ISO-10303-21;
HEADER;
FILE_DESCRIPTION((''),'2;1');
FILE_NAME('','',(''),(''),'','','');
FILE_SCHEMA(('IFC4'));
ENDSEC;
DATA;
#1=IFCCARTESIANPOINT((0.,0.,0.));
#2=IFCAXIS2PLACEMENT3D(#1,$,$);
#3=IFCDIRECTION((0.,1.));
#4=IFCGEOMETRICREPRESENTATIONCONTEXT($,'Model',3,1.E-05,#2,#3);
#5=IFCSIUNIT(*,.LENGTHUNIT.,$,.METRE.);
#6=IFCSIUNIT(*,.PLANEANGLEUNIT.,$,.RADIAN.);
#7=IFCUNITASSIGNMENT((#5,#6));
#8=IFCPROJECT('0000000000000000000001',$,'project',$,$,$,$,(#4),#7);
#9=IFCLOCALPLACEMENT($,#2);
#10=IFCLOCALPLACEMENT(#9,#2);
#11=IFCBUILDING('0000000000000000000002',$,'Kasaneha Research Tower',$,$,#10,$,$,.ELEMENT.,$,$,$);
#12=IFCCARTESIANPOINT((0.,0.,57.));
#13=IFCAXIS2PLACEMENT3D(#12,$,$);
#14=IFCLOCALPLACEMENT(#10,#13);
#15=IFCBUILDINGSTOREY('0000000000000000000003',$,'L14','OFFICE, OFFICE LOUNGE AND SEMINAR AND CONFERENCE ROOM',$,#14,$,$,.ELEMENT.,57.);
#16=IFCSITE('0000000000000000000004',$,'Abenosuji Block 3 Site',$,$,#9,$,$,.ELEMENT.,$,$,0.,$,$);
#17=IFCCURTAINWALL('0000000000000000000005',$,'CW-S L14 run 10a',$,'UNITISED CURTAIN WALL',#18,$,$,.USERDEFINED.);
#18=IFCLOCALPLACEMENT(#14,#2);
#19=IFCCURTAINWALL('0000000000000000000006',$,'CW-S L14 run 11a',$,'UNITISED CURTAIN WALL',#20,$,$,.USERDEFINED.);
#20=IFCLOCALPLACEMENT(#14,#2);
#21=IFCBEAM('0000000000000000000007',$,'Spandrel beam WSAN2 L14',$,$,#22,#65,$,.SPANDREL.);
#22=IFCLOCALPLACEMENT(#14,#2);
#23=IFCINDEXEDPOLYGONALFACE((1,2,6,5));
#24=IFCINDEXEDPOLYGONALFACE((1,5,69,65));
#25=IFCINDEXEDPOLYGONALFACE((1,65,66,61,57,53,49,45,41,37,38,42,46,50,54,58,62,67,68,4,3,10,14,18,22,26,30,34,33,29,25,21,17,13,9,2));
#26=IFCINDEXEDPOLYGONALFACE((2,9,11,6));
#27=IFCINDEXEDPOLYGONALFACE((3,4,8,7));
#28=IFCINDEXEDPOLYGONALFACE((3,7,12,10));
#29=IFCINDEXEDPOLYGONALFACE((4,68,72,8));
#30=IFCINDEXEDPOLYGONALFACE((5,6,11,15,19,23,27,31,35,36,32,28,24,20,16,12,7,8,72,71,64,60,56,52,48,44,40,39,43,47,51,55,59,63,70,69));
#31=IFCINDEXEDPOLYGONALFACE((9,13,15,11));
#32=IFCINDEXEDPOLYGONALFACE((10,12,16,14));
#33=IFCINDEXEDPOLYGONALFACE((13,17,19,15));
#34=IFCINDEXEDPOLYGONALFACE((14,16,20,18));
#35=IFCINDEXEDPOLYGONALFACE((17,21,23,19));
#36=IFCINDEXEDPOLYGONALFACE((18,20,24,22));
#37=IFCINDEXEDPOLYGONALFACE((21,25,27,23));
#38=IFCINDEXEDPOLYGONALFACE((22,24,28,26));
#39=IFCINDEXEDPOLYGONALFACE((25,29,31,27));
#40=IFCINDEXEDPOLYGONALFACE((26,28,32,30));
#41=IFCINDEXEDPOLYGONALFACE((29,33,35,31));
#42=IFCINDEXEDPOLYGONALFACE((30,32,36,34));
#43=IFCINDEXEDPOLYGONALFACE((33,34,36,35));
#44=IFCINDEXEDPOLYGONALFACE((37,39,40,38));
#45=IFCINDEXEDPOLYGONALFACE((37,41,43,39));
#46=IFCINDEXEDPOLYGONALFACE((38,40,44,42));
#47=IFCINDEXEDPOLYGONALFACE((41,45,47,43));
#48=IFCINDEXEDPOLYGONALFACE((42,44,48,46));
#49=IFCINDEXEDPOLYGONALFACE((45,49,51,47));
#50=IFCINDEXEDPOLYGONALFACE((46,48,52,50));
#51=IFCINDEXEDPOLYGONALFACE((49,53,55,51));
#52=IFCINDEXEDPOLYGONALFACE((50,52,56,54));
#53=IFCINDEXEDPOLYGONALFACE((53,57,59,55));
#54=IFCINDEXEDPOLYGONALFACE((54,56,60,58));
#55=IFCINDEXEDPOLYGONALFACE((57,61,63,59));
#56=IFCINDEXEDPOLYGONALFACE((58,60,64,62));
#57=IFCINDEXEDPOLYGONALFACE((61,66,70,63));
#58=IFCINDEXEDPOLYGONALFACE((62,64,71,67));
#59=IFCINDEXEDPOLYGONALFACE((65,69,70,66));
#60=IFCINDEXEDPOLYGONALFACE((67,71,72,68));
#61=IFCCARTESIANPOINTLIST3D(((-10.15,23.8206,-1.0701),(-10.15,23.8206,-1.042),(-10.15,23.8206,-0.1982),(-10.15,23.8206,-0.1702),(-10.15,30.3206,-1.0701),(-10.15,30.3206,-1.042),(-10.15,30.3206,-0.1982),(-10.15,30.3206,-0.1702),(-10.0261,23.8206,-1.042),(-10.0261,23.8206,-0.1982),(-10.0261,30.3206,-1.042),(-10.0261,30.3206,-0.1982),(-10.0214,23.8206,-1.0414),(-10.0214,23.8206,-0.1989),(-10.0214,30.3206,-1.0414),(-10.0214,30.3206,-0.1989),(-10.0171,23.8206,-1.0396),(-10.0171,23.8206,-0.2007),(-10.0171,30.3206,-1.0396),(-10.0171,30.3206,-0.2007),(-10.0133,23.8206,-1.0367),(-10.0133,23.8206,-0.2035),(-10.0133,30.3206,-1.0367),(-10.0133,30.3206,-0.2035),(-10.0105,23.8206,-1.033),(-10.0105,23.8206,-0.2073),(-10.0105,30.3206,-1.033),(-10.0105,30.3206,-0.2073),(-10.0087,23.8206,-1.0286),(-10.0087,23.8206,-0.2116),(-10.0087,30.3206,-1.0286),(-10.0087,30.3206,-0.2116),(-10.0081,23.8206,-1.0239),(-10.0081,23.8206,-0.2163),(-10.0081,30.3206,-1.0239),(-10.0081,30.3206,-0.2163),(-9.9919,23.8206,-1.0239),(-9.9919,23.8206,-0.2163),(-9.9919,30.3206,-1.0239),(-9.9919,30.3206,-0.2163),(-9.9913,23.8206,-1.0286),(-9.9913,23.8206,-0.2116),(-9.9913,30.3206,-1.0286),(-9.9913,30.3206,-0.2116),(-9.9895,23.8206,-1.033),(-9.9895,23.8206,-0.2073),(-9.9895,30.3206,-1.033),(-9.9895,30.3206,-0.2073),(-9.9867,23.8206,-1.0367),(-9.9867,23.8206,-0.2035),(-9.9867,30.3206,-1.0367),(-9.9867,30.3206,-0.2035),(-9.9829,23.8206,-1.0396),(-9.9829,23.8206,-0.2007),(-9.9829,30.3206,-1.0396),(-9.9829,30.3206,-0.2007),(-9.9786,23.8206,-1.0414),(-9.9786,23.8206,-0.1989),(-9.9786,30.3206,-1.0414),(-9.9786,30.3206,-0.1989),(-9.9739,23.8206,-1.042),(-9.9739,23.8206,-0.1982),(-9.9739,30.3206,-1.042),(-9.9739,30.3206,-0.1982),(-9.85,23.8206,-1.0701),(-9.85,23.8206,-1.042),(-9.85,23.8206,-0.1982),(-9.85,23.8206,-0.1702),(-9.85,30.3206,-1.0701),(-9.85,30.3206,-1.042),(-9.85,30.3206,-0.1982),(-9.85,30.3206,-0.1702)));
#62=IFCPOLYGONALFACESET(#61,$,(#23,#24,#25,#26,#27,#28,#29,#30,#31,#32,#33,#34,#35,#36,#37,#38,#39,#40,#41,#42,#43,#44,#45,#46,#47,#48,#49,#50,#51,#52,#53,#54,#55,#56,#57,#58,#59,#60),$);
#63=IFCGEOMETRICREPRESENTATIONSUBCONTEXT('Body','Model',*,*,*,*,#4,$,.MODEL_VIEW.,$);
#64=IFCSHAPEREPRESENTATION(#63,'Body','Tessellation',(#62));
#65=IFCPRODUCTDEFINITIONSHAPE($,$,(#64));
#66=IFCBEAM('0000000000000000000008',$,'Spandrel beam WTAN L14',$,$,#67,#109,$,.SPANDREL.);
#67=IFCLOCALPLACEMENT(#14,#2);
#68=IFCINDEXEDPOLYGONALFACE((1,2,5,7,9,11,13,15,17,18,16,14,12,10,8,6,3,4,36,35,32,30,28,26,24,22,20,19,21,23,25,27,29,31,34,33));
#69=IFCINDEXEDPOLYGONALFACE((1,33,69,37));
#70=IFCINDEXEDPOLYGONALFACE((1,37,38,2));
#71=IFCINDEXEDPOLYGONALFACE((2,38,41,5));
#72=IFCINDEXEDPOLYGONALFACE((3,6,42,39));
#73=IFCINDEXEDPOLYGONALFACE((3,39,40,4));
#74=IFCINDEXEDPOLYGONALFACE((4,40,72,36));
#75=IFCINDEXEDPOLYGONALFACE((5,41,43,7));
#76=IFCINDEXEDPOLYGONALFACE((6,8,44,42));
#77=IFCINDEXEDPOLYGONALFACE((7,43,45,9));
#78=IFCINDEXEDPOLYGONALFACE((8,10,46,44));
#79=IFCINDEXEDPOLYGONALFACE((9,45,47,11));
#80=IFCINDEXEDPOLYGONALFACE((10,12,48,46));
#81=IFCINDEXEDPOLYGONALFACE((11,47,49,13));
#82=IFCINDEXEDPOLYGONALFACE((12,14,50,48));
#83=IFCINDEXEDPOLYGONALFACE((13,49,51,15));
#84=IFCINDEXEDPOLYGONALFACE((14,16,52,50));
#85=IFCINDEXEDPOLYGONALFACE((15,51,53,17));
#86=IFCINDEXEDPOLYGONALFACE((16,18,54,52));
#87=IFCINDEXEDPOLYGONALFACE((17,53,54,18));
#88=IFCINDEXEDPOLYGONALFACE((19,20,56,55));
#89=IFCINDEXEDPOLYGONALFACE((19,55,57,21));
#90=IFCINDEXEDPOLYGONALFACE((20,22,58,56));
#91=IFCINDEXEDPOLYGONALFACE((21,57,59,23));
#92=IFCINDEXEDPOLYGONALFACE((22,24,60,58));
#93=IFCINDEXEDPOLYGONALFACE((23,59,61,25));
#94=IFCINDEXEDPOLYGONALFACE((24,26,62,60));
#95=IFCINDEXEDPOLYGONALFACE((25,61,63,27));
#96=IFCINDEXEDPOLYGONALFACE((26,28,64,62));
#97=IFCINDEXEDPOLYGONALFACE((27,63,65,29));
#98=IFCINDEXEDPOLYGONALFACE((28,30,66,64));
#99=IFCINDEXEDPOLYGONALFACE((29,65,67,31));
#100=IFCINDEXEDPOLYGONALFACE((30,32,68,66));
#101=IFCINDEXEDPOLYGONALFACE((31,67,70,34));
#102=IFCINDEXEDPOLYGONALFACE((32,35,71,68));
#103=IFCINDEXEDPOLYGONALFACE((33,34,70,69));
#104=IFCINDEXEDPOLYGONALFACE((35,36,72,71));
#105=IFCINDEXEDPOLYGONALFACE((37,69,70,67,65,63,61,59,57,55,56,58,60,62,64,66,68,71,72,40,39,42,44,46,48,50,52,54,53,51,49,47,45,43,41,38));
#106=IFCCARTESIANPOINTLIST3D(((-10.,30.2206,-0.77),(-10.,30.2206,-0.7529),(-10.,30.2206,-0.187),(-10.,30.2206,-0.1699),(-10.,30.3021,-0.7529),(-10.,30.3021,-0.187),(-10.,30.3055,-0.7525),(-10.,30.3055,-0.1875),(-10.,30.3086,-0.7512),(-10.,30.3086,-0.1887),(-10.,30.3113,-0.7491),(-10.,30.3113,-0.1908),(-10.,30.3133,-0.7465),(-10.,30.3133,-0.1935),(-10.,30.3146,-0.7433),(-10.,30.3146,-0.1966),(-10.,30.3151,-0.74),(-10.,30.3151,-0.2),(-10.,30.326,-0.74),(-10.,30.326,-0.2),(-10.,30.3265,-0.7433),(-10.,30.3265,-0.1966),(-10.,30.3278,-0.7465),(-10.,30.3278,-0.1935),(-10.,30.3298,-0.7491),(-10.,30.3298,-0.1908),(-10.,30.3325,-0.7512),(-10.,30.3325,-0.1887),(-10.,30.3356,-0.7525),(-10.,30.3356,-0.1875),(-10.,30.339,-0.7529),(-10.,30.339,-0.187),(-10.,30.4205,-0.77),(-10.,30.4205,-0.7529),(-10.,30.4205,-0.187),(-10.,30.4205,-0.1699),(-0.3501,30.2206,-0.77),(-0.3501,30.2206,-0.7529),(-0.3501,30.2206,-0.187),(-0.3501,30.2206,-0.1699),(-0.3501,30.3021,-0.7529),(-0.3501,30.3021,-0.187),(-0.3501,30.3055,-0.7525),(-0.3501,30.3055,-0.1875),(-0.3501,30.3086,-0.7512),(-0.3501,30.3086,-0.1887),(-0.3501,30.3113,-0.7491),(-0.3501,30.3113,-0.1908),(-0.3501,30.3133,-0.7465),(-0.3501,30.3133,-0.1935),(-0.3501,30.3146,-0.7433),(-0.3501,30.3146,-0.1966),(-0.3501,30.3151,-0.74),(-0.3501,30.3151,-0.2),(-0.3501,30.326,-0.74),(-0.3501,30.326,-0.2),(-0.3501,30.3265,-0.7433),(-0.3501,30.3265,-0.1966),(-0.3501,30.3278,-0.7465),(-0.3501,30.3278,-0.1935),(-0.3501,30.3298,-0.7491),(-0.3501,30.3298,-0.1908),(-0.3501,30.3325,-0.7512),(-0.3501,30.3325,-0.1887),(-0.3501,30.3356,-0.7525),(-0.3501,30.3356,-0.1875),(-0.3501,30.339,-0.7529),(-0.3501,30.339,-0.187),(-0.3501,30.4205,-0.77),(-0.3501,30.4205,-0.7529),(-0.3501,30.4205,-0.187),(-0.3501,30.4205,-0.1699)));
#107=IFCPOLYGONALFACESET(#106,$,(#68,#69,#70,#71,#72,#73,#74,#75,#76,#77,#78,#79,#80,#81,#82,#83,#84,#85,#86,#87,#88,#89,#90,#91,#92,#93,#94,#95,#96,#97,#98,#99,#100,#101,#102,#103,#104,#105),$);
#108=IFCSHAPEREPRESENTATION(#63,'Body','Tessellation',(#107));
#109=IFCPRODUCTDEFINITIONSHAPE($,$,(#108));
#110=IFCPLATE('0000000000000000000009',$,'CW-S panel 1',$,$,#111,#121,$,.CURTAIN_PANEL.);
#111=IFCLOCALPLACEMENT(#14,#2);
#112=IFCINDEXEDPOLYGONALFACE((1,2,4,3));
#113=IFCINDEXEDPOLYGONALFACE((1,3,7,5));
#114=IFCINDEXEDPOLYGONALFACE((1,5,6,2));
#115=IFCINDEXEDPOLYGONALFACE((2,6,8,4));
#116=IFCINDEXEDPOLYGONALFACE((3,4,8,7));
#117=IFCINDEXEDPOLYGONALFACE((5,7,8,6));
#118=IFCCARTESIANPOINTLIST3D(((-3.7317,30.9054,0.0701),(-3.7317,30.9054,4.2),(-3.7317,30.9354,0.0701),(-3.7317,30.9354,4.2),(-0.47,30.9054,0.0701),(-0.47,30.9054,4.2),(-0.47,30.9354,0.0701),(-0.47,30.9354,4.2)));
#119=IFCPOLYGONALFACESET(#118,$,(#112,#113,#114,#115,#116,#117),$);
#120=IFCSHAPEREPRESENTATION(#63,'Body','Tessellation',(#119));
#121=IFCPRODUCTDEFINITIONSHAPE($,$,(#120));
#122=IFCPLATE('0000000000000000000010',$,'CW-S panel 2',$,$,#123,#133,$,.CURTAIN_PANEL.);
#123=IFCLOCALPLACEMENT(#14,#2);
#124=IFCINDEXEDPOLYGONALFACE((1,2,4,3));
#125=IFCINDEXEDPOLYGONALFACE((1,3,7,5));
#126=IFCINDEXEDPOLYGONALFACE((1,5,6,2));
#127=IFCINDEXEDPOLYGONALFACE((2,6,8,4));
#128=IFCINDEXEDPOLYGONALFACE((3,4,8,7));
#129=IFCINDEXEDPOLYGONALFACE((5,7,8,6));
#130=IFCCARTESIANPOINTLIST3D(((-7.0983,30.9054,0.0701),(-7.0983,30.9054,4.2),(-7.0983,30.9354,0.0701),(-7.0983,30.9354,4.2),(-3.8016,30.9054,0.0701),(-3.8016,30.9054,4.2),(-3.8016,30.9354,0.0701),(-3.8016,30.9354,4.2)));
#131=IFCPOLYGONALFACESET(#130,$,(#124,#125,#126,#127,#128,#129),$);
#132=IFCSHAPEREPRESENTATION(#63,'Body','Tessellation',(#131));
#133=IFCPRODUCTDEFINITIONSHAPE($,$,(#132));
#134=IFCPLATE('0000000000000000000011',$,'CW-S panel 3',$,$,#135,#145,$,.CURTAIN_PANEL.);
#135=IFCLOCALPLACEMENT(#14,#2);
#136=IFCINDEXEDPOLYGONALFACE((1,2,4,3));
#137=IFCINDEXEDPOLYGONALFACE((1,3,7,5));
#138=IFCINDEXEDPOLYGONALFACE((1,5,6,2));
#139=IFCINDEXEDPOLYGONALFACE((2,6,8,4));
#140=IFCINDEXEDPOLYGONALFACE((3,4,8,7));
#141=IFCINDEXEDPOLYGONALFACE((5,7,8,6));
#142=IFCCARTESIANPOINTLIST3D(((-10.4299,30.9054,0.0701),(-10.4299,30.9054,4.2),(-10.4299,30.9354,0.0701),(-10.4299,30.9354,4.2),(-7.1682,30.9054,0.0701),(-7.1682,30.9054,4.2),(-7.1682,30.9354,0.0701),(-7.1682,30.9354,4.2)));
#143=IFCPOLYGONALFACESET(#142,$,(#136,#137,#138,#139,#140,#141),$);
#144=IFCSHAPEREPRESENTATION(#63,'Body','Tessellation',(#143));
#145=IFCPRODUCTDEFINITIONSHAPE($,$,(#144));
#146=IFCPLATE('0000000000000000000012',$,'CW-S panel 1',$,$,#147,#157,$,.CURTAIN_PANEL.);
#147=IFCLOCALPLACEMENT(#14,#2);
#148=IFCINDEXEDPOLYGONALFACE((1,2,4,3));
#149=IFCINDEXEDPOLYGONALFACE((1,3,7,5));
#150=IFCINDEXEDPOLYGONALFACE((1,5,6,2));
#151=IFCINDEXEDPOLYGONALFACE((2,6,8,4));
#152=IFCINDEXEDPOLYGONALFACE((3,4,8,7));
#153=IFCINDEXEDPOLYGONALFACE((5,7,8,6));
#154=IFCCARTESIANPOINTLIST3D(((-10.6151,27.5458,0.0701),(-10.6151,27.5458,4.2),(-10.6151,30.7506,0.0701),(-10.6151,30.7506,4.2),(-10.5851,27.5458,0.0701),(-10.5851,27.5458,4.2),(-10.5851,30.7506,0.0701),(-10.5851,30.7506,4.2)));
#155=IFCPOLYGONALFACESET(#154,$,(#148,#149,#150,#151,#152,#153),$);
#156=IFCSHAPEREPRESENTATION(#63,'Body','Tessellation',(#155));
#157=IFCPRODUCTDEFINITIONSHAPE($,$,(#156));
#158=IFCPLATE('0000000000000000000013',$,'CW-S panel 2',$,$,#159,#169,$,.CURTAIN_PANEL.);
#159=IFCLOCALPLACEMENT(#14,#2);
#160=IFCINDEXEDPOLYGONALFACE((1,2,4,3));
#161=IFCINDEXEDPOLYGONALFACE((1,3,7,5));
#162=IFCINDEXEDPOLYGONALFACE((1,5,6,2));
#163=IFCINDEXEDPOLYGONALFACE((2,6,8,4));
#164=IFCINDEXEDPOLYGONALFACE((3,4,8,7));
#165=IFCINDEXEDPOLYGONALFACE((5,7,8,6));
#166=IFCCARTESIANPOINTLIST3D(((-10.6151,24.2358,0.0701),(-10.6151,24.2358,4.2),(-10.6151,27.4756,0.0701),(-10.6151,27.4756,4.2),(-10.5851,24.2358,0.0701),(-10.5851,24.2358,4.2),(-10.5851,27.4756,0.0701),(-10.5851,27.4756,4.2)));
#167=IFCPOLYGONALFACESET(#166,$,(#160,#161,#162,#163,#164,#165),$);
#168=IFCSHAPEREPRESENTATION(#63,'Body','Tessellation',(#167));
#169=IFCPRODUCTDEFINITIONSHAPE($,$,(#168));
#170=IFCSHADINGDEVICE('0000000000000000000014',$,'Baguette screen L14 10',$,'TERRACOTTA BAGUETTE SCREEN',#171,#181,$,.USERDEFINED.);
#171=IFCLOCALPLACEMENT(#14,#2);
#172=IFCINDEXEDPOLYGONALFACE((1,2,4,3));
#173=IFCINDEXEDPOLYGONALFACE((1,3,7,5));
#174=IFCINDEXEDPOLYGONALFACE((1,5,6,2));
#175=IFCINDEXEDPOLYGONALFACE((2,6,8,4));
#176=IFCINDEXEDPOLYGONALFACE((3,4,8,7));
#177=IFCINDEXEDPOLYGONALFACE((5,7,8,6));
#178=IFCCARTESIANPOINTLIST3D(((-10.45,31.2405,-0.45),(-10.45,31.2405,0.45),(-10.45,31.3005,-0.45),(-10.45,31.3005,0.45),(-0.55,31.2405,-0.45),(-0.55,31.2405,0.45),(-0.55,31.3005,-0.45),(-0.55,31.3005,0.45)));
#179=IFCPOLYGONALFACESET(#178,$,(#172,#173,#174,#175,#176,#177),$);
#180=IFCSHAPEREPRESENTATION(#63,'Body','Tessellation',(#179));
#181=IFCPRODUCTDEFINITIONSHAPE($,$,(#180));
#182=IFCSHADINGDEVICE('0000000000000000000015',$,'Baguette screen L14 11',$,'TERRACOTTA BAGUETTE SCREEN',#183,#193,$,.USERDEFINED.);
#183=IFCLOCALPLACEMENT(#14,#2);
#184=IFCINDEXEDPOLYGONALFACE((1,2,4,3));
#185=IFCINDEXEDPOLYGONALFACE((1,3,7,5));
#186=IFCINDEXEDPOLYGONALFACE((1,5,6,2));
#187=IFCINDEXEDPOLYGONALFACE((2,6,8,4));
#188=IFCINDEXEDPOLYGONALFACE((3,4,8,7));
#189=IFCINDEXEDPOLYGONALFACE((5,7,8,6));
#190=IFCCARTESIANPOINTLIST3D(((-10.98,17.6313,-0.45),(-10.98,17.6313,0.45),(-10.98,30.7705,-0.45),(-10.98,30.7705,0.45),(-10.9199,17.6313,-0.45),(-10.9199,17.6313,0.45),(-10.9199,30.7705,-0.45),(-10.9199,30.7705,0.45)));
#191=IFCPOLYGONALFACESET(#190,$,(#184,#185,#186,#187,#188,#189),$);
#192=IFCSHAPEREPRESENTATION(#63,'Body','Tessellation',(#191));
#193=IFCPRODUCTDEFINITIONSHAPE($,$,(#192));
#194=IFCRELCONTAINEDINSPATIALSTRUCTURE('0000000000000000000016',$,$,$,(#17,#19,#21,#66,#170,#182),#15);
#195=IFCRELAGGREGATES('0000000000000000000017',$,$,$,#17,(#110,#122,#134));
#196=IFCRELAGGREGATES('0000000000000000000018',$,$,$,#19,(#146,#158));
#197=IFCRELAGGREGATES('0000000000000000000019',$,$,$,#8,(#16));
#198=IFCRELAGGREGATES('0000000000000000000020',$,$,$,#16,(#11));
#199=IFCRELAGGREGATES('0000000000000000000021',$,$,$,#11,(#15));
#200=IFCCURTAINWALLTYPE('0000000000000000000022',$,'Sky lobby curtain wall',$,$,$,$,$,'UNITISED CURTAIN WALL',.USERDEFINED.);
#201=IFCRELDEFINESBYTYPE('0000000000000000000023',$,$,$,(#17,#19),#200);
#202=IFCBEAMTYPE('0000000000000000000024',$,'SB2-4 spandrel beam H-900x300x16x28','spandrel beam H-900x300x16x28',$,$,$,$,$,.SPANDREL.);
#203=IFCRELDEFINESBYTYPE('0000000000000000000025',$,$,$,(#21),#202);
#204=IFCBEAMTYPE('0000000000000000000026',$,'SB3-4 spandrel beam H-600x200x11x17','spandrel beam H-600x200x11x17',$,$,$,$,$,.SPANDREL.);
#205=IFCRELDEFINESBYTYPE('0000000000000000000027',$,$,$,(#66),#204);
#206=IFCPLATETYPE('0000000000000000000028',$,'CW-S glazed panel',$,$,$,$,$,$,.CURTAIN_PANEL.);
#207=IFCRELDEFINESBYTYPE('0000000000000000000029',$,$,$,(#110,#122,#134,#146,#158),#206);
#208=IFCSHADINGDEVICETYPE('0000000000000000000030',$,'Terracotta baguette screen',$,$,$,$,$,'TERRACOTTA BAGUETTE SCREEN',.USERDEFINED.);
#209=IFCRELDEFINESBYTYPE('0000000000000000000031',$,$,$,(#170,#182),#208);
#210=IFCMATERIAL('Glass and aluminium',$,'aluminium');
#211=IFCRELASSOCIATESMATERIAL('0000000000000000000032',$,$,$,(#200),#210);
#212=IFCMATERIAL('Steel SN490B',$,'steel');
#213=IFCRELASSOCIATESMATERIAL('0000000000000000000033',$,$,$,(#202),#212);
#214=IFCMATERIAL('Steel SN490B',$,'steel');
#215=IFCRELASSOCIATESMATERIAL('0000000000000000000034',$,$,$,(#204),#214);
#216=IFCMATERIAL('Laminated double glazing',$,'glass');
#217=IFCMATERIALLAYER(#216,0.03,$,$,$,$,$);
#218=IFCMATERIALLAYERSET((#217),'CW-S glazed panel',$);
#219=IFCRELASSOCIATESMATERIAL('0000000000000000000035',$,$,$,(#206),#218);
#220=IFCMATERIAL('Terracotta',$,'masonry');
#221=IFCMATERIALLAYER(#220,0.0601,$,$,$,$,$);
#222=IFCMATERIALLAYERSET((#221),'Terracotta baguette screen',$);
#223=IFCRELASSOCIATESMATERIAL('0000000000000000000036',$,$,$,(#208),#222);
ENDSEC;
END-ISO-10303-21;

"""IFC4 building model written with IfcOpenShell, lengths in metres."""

from ifc_helpers import new_model, si_unit, direction, frame, origin, origin_2d, place, context, subcontext, project, spatial, rectangle, i_section, extrude, material, layer, layer_set, material_profile, profile_set, type_object, element, aggregate, save


model = new_model("IFC4")

# Units and contexts
model_context = context("Model", 3, precision=1e-05, world=origin(), true_north=direction((0.0, 1.0)))
body_context = subcontext(model_context, "Body", "Model", "MODEL_VIEW")
ifc_project = project(units=[si_unit("LENGTHUNIT", "METRE"), si_unit("PLANEANGLEUNIT", "RADIAN")], contexts=[model_context])

# Site, building, storey
site_placement = place(None, origin())
site = spatial("IfcSite", under=ifc_project, at=site_placement, Name="Abenosuji Block 3 Site", CompositionType="ELEMENT", RefElevation=0.0)
building_placement = place(site_placement, origin())
building = spatial("IfcBuilding", under=site, at=building_placement, Name="Kasaneha Research Tower", CompositionType="ELEMENT")
storey_placement = place(building_placement, frame((0.0, 0.0, 57.0)))
storey = spatial("IfcBuildingStorey", under=building, at=storey_placement, Name="L14", Description="OFFICE, OFFICE LOUNGE AND SEMINAR AND CONFERENCE ROOM", CompositionType="ELEMENT", Elevation=57.0)

# Curtain walls
ifc_material_1 = material(Name="Glass and aluminium", Category="aluminium")
curtain_wall_type = type_object("IfcCurtainWallType", Name="Sky lobby curtain wall", ElementType="UNITISED CURTAIN WALL", PredefinedType="USERDEFINED", material=ifc_material_1)
curtain_wall_1_placement = place(storey_placement, origin())
curtain_wall_1 = element("IfcCurtainWall", 1, at=curtain_wall_1_placement, inside=storey, type_object=curtain_wall_type, Name="CW-S L14 run 10a", ObjectType="UNITISED CURTAIN WALL", PredefinedType="USERDEFINED")
curtain_wall_2_placement = place(storey_placement, origin())
curtain_wall_2 = element("IfcCurtainWall", 2, at=curtain_wall_2_placement, inside=storey, type_object=curtain_wall_type, Name="CW-S L14 run 11a", ObjectType="UNITISED CURTAIN WALL", PredefinedType="USERDEFINED")

# Beams
ifc_material_2 = material(Name="Steel SN490B", Category="steel")
ifc_material_profile_1 = material_profile(ifc_material_2, i_section(OverallWidth=0.3, OverallDepth=0.8999, WebThickness=0.0161, FlangeThickness=0.0281, FilletRadius=0.0181, at=origin_2d()), Name="H-900x300x16x28")
ifc_profile_set_1 = profile_set([ifc_material_profile_1], Name="Steel SN490B")
beam_type_1 = type_object("IfcBeamType", Name="SB2-4 spandrel beam H-900x300x16x28", Description="spandrel beam H-900x300x16x28", PredefinedType="SPANDREL", material=ifc_profile_set_1)
beam_1_placement = place(storey_placement, frame((-10.0, 23.8206, -0.6201), z_axis=(0.0, 1.0, 0.0), x_axis=(-1.0, 0.0, 0.0)))
element("IfcBeam", 3, at=beam_1_placement, inside=storey, type_object=beam_type_1, Name="Spandrel beam WSAN2 L14", PredefinedType="SPANDREL", context=body_context, shape_type="SweptSolid", body=[
    extrude(i_section(OverallWidth=0.3, OverallDepth=0.8999, WebThickness=0.0161, FlangeThickness=0.0281, FilletRadius=0.0181, at=origin_2d()), origin(), (0.0, 0.0, 1.0), 6.5),
])
ifc_material_3 = material(Name="Steel SN490B", Category="steel")
ifc_material_profile_2 = material_profile(ifc_material_3, i_section(OverallWidth=0.2, OverallDepth=0.6001, WebThickness=0.011, FlangeThickness=0.0171, FilletRadius=0.0129, at=origin_2d()), Name="H-600x200x11x17")
ifc_profile_set_2 = profile_set([ifc_material_profile_2], Name="Steel SN490B")
beam_type_2 = type_object("IfcBeamType", Name="SB3-4 spandrel beam H-600x200x11x17", Description="spandrel beam H-600x200x11x17", PredefinedType="SPANDREL", material=ifc_profile_set_2)
beam_2_placement = place(storey_placement, frame((-10.0, 30.3206, -0.47), z_axis=(1.0, 0.0, 0.0), x_axis=(0.0, 1.0, 0.0)))
element("IfcBeam", 4, at=beam_2_placement, inside=storey, type_object=beam_type_2, Name="Spandrel beam WTAN L14", PredefinedType="SPANDREL", context=body_context, shape_type="SweptSolid", body=[
    extrude(i_section(OverallWidth=0.2, OverallDepth=0.6001, WebThickness=0.011, FlangeThickness=0.0171, FilletRadius=0.0129, at=origin_2d()), origin(), (0.0, 0.0, 1.0), 9.6499),
])

# Plates
ifc_material_4 = material(Name="Laminated double glazing", Category="glass")
ifc_layer_1 = layer(ifc_material_4, 0.03)
ifc_layer_set_1 = layer_set([ifc_layer_1], Name="CW-S glazed panel")
plate_type = type_object("IfcPlateType", Name="CW-S glazed panel", PredefinedType="CURTAIN_PANEL", material=ifc_layer_set_1)
plate_1_placement = place(storey_placement, frame((-2.1008, 30.9204, 0.0701), z_axis=(0.0, 0.0, 1.0), x_axis=(-1.0, 0.0, 0.0)))
plate_1 = element("IfcPlate", 5, at=plate_1_placement, type_object=plate_type, Name="CW-S panel 1", PredefinedType="CURTAIN_PANEL", context=body_context, shape_type="SweptSolid", body=[
    extrude(rectangle(XDim=3.2617, YDim=0.03, at=origin_2d()), origin(), (0.0, 0.0, 1.0), 4.1299),
])
plate_2_placement = place(storey_placement, frame((-5.45, 30.9204, 0.0701), z_axis=(0.0, 0.0, 1.0), x_axis=(-1.0, 0.0, 0.0)))
plate_2 = element("IfcPlate", 6, at=plate_2_placement, type_object=plate_type, Name="CW-S panel 2", PredefinedType="CURTAIN_PANEL", context=body_context, shape_type="SweptSolid", body=[
    extrude(rectangle(XDim=3.2966, YDim=0.03, at=origin_2d()), origin(), (0.0, 0.0, 1.0), 4.1299),
])
plate_3_placement = place(storey_placement, frame((-8.7991, 30.9204, 0.0701), z_axis=(0.0, 0.0, 1.0), x_axis=(-1.0, 0.0, 0.0)))
plate_3 = element("IfcPlate", 7, at=plate_3_placement, type_object=plate_type, Name="CW-S panel 3", PredefinedType="CURTAIN_PANEL", context=body_context, shape_type="SweptSolid", body=[
    extrude(rectangle(XDim=3.2617, YDim=0.03, at=origin_2d()), origin(), (0.0, 0.0, 1.0), 4.1299),
])
aggregate(curtain_wall_1, [plate_1, plate_2, plate_3])
plate_4_placement = place(storey_placement, frame((-10.6001, 29.1482, 0.0701), z_axis=(0.0, 0.0, 1.0), x_axis=(0.0, -1.0, 0.0)))
plate_4 = element("IfcPlate", 8, at=plate_4_placement, type_object=plate_type, Name="CW-S panel 1", PredefinedType="CURTAIN_PANEL", context=body_context, shape_type="SweptSolid", body=[
    extrude(rectangle(XDim=3.2048, YDim=0.03, at=origin_2d()), origin(), (0.0, 0.0, 1.0), 4.1299),
])
plate_5_placement = place(storey_placement, frame((-10.6001, 25.8557, 0.0701), z_axis=(0.0, 0.0, 1.0), x_axis=(0.0, -1.0, 0.0)))
plate_5 = element("IfcPlate", 9, at=plate_5_placement, type_object=plate_type, Name="CW-S panel 2", PredefinedType="CURTAIN_PANEL", context=body_context, shape_type="SweptSolid", body=[
    extrude(rectangle(XDim=3.2397, YDim=0.03, at=origin_2d()), origin(), (0.0, 0.0, 1.0), 4.1299),
])
aggregate(curtain_wall_2, [plate_4, plate_5])

# Shading devices
ifc_material_5 = material(Name="Terracotta", Category="masonry")
ifc_layer_2 = layer(ifc_material_5, 0.0601)
ifc_layer_set_2 = layer_set([ifc_layer_2], Name="Terracotta baguette screen")
shading_device_type = type_object("IfcShadingDeviceType", Name="Terracotta baguette screen", ElementType="TERRACOTTA BAGUETTE SCREEN", PredefinedType="USERDEFINED", material=ifc_layer_set_2)
shading_device_1_placement = place(storey_placement, frame((-5.5, 31.2705, -0.45), z_axis=(0.0, 0.0, 1.0), x_axis=(-1.0, 0.0, 0.0)))
element("IfcShadingDevice", 10, at=shading_device_1_placement, inside=storey, type_object=shading_device_type, Name="Baguette screen L14 10", ObjectType="TERRACOTTA BAGUETTE SCREEN", PredefinedType="USERDEFINED", context=body_context, shape_type="SweptSolid", body=[
    extrude(rectangle(XDim=9.8999, YDim=0.0601, at=origin_2d()), origin(), (0.0, 0.0, 1.0), 0.8999),
])
shading_device_2_placement = place(storey_placement, frame((-10.95, 24.2009, -0.45), z_axis=(0.0, 0.0, 1.0), x_axis=(0.0, -1.0, 0.0)))
element("IfcShadingDevice", 11, at=shading_device_2_placement, inside=storey, type_object=shading_device_type, Name="Baguette screen L14 11", ObjectType="TERRACOTTA BAGUETTE SCREEN", PredefinedType="USERDEFINED", context=body_context, shape_type="SweptSolid", body=[
    extrude(rectangle(XDim=13.1392, YDim=0.0601, at=origin_2d()), origin(), (0.0, 0.0, 1.0), 0.8999),
])

save(model, "model.ifc")
